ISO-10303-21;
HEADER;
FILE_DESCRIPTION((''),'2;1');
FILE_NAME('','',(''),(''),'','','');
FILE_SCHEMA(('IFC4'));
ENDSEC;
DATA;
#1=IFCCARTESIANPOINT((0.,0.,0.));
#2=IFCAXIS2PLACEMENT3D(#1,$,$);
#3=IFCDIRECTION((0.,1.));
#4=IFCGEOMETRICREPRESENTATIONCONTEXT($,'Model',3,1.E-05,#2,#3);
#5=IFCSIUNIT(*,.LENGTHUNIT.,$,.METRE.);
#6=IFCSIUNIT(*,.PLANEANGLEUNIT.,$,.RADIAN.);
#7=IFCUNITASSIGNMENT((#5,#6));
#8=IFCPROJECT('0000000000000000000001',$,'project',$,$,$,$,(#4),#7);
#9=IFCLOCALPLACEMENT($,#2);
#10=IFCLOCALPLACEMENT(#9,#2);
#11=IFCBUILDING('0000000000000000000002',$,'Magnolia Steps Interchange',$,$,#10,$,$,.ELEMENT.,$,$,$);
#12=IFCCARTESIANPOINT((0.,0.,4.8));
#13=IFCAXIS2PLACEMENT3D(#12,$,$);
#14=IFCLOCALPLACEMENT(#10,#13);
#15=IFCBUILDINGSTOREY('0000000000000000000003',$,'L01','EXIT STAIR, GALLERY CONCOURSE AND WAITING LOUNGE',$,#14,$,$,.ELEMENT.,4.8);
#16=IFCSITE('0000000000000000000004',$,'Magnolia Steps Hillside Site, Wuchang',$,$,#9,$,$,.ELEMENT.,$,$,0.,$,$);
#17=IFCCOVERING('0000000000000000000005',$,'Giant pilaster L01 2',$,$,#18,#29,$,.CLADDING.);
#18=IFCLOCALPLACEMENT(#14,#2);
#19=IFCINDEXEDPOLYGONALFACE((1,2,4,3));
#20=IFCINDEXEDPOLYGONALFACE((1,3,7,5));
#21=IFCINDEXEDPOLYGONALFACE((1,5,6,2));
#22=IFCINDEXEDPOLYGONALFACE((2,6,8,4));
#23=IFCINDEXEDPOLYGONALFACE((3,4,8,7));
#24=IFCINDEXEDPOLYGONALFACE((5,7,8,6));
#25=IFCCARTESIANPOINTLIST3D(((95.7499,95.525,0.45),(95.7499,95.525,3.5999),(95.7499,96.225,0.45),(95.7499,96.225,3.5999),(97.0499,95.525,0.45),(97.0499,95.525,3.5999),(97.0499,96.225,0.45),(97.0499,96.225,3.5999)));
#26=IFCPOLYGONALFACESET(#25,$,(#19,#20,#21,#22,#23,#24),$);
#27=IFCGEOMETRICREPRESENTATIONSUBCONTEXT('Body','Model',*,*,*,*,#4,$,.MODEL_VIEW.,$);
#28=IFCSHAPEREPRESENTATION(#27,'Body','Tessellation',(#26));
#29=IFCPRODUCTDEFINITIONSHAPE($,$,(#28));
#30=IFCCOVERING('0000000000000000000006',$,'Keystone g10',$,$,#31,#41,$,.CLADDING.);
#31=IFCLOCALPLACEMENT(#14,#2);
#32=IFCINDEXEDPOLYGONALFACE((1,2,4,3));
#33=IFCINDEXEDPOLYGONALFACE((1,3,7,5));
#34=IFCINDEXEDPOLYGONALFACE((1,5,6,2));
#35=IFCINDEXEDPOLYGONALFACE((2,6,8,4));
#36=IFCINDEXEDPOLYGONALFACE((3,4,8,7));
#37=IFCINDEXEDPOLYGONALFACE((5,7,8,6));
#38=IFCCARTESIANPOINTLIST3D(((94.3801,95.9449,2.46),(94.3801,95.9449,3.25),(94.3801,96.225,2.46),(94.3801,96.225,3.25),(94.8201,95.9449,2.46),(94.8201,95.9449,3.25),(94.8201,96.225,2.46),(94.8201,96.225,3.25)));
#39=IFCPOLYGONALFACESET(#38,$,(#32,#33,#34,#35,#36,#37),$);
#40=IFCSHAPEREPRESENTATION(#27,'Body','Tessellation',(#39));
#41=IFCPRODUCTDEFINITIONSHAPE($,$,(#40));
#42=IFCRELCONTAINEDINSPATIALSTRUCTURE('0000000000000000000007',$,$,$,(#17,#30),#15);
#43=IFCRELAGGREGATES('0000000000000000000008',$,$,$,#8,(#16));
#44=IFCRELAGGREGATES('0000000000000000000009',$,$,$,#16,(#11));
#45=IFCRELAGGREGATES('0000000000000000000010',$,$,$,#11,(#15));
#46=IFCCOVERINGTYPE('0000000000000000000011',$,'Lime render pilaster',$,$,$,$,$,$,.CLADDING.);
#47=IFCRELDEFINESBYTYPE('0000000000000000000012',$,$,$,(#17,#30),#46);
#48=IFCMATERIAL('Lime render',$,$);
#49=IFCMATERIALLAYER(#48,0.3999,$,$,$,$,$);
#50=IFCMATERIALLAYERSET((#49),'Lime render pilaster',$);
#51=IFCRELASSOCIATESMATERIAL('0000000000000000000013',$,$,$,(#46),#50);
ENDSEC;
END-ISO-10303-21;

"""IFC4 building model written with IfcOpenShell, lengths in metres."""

from ifc_helpers import new_model, si_unit, direction, frame, origin, origin_2d, place, context, subcontext, project, spatial, rectangle, extrude, material, layer, layer_set, type_object, element, save


model = new_model("IFC4")

# Units and contexts
model_context = context("Model", 3, precision=1e-05, world=origin(), true_north=direction((0.0, 1.0)))
body_context = subcontext(model_context, "Body", "Model", "MODEL_VIEW")
ifc_project = project(units=[si_unit("LENGTHUNIT", "METRE"), si_unit("PLANEANGLEUNIT", "RADIAN")], contexts=[model_context])

# Site, building, storey
site_placement = place(None, origin())
site = spatial("IfcSite", under=ifc_project, at=site_placement, Name="Magnolia Steps Hillside Site, Wuchang", CompositionType="ELEMENT", RefElevation=0.0)
building_placement = place(site_placement, origin())
building = spatial("IfcBuilding", under=site, at=building_placement, Name="Magnolia Steps Interchange", CompositionType="ELEMENT")
storey_placement = place(building_placement, frame((0.0, 0.0, 4.8)))
storey = spatial("IfcBuildingStorey", under=building, at=storey_placement, Name="L01", Description="EXIT STAIR, GALLERY CONCOURSE AND WAITING LOUNGE", CompositionType="ELEMENT", Elevation=4.8)

# Coverings
ifc_material_1 = material(Name="Lime render")
ifc_layer_1 = layer(ifc_material_1, 0.3999)
ifc_layer_set_1 = layer_set([ifc_layer_1], Name="Lime render pilaster")
covering_type_1 = type_object("IfcCoveringType", Name="Lime render pilaster", PredefinedType="CLADDING", material=ifc_layer_set_1)
covering_1_placement = place(storey_placement, frame((96.3999, 95.875, 0.45), z_axis=(0.0, 0.0, 1.0), x_axis=(1.0, 0.0, 0.0)))
element("IfcCovering", 1, at=covering_1_placement, inside=storey, type_object=covering_type_1, Name="Giant pilaster L01 2", PredefinedType="CLADDING", context=body_context, shape_type="SweptSolid", body=[
    extrude(rectangle(XDim=1.3, YDim=0.7, at=origin_2d()), origin(), (0.0, 0.0, 1.0), 3.1499),
])
covering_2_placement = place(storey_placement, frame((94.6001, 96.085, 2.46), z_axis=(0.0, 0.0, 1.0), x_axis=(1.0, 0.0, 0.0)))
element("IfcCovering", 2, at=covering_2_placement, inside=storey, type_object=covering_type_1, Name="Keystone g10", PredefinedType="CLADDING", context=body_context, shape_type="SweptSolid", body=[
    extrude(rectangle(XDim=0.4399, YDim=0.28, at=origin_2d()), origin(), (0.0, 0.0, 1.0), 0.79),
])

save(model, "model.ifc")
